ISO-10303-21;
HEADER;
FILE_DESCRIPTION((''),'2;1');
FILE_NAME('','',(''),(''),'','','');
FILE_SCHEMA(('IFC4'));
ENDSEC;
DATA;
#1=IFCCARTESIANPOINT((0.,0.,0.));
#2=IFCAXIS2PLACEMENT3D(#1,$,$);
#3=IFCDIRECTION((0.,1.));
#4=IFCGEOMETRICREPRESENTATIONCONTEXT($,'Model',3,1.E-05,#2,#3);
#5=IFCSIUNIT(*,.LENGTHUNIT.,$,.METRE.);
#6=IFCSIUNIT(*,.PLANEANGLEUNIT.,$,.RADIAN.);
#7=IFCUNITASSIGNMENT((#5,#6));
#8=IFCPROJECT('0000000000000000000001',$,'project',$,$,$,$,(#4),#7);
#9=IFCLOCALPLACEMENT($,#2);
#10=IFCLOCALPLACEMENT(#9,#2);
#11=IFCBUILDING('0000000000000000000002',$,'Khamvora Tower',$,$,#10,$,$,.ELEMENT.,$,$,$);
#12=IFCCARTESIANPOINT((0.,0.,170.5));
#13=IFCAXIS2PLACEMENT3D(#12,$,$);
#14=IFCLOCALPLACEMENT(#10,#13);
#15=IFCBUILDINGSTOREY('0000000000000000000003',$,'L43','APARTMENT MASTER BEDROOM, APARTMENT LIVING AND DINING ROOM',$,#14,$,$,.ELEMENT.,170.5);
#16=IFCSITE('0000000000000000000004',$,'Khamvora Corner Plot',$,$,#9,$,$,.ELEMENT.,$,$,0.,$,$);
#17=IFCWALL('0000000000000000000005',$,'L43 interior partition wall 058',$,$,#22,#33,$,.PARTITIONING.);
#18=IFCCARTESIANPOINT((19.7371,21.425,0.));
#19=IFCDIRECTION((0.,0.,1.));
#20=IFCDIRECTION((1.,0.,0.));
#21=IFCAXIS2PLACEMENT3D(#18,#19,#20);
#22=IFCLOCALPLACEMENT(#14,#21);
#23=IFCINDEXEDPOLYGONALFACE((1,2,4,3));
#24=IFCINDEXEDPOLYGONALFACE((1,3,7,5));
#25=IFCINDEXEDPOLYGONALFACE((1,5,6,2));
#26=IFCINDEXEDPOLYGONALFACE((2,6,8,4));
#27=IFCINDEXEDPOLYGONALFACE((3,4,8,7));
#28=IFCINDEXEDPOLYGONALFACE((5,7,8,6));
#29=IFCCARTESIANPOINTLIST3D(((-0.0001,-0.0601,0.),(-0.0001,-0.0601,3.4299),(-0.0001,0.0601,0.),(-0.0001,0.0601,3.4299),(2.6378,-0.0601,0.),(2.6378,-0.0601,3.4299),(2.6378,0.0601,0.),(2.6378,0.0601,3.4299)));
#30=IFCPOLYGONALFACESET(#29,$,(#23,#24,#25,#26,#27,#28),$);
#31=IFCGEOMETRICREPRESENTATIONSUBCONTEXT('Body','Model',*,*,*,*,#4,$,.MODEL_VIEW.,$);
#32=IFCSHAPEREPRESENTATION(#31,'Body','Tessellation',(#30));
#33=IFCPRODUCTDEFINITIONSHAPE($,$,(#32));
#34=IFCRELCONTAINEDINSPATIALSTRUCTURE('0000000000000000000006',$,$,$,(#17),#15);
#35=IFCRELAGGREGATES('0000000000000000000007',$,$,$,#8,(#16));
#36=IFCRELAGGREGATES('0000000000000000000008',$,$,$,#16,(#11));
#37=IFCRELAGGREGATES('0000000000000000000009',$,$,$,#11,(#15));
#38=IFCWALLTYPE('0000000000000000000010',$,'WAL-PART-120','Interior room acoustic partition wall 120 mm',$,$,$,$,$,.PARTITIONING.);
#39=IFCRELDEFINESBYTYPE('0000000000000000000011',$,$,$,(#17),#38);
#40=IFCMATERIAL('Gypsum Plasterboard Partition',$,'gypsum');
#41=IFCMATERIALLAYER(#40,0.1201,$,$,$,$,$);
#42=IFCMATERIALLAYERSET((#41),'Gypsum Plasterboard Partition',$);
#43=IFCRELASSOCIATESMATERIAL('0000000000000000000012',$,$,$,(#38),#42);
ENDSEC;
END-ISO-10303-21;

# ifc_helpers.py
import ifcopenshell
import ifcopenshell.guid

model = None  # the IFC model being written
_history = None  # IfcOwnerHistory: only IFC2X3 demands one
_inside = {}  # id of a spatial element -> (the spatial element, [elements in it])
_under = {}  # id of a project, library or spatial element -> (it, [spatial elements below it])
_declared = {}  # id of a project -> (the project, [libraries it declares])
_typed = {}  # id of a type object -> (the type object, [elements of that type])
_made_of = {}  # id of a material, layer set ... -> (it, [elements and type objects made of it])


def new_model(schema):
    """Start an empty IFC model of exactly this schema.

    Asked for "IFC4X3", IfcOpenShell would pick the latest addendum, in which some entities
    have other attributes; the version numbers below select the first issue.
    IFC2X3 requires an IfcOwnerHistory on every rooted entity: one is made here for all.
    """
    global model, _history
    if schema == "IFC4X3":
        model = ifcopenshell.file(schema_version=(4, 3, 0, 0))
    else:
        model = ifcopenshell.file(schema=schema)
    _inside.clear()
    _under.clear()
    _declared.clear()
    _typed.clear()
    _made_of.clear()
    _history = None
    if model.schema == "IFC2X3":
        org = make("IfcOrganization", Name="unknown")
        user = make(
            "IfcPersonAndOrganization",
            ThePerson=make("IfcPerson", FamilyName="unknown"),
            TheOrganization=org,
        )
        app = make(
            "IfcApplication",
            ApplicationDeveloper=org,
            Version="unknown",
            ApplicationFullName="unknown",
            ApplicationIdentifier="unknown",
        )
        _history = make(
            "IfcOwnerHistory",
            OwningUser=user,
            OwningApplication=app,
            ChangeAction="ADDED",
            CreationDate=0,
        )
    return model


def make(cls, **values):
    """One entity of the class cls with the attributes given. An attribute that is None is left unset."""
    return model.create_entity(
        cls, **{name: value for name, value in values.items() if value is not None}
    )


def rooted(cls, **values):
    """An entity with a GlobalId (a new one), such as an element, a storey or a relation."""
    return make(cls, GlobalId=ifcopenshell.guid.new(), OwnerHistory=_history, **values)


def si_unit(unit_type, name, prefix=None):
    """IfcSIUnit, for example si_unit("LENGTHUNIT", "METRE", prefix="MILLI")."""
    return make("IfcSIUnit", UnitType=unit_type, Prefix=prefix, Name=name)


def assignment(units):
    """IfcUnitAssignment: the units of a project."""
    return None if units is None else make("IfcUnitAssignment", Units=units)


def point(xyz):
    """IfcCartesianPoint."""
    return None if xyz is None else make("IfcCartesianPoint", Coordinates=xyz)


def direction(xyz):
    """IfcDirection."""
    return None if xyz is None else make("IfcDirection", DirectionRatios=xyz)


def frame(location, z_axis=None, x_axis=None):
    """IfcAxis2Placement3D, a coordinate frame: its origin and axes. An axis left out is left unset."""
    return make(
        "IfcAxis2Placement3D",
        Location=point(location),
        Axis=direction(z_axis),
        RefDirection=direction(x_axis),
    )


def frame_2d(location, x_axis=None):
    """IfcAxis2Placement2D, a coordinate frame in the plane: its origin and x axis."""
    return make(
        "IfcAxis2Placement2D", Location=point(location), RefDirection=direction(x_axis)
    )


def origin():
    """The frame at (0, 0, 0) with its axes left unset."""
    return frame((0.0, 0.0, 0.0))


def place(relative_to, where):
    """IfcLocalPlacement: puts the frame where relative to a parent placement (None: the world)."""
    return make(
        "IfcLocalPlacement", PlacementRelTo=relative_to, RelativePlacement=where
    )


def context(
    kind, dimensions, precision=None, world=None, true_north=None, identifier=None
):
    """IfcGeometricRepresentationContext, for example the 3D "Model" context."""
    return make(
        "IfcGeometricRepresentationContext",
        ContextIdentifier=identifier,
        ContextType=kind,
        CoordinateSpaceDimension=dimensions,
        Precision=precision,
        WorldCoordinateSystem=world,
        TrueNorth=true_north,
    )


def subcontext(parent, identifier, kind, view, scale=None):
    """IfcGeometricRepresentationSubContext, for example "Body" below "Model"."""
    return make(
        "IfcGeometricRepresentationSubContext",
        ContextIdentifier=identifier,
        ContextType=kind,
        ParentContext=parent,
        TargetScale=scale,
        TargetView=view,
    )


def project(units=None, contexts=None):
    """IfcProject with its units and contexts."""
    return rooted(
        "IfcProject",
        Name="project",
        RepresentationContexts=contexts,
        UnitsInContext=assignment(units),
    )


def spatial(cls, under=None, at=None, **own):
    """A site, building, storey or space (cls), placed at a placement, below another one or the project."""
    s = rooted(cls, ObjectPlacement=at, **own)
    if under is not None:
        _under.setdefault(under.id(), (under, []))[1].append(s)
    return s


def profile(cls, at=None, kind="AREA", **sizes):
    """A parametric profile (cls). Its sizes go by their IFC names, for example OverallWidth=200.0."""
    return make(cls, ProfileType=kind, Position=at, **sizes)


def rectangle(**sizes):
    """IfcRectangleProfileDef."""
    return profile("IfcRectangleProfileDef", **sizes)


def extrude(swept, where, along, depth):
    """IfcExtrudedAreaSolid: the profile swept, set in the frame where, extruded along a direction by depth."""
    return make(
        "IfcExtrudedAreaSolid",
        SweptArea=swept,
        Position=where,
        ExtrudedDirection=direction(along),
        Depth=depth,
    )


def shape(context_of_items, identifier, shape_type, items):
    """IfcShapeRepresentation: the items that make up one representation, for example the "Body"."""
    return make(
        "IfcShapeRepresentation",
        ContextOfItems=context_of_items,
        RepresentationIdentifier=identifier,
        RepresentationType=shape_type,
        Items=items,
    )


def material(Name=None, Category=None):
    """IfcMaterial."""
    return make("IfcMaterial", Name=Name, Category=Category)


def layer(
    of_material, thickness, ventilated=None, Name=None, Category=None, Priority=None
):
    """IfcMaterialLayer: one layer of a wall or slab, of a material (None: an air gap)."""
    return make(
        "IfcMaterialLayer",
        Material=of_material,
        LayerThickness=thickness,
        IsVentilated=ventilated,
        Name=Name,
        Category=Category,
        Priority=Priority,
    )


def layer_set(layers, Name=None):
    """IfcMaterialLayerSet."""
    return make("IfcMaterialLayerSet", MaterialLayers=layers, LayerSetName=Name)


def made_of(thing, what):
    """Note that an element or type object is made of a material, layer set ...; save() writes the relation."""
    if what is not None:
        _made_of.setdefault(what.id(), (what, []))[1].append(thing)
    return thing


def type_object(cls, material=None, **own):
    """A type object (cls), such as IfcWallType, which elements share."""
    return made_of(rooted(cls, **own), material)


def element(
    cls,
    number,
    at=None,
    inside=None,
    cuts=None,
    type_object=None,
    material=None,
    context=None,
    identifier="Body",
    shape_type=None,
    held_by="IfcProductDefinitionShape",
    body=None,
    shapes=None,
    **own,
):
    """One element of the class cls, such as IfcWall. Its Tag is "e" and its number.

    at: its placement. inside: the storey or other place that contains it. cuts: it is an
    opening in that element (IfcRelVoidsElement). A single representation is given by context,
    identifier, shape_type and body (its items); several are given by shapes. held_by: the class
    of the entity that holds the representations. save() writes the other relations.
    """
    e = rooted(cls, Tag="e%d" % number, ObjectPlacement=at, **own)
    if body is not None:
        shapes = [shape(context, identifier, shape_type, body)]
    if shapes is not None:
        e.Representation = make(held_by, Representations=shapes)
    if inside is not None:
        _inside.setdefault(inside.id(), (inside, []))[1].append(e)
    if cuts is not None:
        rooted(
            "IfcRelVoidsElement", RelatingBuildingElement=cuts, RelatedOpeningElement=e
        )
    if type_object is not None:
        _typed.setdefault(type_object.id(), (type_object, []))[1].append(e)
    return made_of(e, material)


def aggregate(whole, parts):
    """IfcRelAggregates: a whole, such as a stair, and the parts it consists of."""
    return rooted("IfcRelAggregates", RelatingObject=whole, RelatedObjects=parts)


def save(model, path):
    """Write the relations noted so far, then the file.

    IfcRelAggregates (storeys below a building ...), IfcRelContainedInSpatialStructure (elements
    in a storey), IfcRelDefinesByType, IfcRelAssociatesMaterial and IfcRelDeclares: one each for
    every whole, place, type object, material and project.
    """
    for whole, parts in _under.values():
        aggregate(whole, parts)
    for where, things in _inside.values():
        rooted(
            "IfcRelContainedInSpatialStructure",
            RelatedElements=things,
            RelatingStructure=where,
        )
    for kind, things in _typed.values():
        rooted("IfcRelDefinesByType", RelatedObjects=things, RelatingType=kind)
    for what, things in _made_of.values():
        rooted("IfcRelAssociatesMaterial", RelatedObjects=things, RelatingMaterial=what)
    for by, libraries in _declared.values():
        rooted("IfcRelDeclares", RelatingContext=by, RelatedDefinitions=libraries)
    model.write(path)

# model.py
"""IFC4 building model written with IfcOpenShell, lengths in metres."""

from ifc_helpers import new_model, si_unit, direction, frame, frame_2d, origin, place, context, subcontext, project, spatial, rectangle, extrude, material, layer, layer_set, type_object, element, save


model = new_model("IFC4")

# Units and contexts
model_context = context("Model", 3, precision=1e-05, world=origin(), true_north=direction((0.0, 1.0)))
body_context = subcontext(model_context, "Body", "Model", "MODEL_VIEW")
ifc_project = project(units=[si_unit("LENGTHUNIT", "METRE"), si_unit("PLANEANGLEUNIT", "RADIAN")], contexts=[model_context])

# Site, building, storey
site_placement = place(None, origin())
site = spatial("IfcSite", under=ifc_project, at=site_placement, Name="Khamvora Corner Plot", CompositionType="ELEMENT", RefElevation=0.0)
building_placement = place(site_placement, origin())
building = spatial("IfcBuilding", under=site, at=building_placement, Name="Khamvora Tower", CompositionType="ELEMENT")
storey_placement = place(building_placement, frame((0.0, 0.0, 170.5)))
storey = spatial("IfcBuildingStorey", under=building, at=storey_placement, Name="L43", Description="APARTMENT MASTER BEDROOM, APARTMENT LIVING AND DINING ROOM", CompositionType="ELEMENT", Elevation=170.5)

# Shared definitions
ifc_material_1 = material(Name="Gypsum Plasterboard Partition", Category="gypsum")
ifc_layer_1 = layer(ifc_material_1, 0.1201)
ifc_layer_set_1 = layer_set([ifc_layer_1], Name="Gypsum Plasterboard Partition")
wall_type_1 = type_object("IfcWallType", Name="WAL-PART-120", Description="Interior room acoustic partition wall 120 mm", PredefinedType="PARTITIONING", material=ifc_layer_set_1)

# Wall
wall_1_placement = place(storey_placement, frame((19.7371, 21.425, 0.0), z_axis=(0.0, 0.0, 1.0), x_axis=(1.0, 0.0, 0.0)))
element("IfcWall", 1, at=wall_1_placement, inside=storey, type_object=wall_type_1, Name="L43 interior partition wall 058", PredefinedType="PARTITIONING", context=body_context, shape_type="SweptSolid", body=[
    extrude(rectangle(XDim=2.6379, YDim=0.1201, at=frame_2d((1.3188, 0.0))), origin(), (0.0, 0.0, 1.0), 3.4299),
])

save(model, "model.ifc")
